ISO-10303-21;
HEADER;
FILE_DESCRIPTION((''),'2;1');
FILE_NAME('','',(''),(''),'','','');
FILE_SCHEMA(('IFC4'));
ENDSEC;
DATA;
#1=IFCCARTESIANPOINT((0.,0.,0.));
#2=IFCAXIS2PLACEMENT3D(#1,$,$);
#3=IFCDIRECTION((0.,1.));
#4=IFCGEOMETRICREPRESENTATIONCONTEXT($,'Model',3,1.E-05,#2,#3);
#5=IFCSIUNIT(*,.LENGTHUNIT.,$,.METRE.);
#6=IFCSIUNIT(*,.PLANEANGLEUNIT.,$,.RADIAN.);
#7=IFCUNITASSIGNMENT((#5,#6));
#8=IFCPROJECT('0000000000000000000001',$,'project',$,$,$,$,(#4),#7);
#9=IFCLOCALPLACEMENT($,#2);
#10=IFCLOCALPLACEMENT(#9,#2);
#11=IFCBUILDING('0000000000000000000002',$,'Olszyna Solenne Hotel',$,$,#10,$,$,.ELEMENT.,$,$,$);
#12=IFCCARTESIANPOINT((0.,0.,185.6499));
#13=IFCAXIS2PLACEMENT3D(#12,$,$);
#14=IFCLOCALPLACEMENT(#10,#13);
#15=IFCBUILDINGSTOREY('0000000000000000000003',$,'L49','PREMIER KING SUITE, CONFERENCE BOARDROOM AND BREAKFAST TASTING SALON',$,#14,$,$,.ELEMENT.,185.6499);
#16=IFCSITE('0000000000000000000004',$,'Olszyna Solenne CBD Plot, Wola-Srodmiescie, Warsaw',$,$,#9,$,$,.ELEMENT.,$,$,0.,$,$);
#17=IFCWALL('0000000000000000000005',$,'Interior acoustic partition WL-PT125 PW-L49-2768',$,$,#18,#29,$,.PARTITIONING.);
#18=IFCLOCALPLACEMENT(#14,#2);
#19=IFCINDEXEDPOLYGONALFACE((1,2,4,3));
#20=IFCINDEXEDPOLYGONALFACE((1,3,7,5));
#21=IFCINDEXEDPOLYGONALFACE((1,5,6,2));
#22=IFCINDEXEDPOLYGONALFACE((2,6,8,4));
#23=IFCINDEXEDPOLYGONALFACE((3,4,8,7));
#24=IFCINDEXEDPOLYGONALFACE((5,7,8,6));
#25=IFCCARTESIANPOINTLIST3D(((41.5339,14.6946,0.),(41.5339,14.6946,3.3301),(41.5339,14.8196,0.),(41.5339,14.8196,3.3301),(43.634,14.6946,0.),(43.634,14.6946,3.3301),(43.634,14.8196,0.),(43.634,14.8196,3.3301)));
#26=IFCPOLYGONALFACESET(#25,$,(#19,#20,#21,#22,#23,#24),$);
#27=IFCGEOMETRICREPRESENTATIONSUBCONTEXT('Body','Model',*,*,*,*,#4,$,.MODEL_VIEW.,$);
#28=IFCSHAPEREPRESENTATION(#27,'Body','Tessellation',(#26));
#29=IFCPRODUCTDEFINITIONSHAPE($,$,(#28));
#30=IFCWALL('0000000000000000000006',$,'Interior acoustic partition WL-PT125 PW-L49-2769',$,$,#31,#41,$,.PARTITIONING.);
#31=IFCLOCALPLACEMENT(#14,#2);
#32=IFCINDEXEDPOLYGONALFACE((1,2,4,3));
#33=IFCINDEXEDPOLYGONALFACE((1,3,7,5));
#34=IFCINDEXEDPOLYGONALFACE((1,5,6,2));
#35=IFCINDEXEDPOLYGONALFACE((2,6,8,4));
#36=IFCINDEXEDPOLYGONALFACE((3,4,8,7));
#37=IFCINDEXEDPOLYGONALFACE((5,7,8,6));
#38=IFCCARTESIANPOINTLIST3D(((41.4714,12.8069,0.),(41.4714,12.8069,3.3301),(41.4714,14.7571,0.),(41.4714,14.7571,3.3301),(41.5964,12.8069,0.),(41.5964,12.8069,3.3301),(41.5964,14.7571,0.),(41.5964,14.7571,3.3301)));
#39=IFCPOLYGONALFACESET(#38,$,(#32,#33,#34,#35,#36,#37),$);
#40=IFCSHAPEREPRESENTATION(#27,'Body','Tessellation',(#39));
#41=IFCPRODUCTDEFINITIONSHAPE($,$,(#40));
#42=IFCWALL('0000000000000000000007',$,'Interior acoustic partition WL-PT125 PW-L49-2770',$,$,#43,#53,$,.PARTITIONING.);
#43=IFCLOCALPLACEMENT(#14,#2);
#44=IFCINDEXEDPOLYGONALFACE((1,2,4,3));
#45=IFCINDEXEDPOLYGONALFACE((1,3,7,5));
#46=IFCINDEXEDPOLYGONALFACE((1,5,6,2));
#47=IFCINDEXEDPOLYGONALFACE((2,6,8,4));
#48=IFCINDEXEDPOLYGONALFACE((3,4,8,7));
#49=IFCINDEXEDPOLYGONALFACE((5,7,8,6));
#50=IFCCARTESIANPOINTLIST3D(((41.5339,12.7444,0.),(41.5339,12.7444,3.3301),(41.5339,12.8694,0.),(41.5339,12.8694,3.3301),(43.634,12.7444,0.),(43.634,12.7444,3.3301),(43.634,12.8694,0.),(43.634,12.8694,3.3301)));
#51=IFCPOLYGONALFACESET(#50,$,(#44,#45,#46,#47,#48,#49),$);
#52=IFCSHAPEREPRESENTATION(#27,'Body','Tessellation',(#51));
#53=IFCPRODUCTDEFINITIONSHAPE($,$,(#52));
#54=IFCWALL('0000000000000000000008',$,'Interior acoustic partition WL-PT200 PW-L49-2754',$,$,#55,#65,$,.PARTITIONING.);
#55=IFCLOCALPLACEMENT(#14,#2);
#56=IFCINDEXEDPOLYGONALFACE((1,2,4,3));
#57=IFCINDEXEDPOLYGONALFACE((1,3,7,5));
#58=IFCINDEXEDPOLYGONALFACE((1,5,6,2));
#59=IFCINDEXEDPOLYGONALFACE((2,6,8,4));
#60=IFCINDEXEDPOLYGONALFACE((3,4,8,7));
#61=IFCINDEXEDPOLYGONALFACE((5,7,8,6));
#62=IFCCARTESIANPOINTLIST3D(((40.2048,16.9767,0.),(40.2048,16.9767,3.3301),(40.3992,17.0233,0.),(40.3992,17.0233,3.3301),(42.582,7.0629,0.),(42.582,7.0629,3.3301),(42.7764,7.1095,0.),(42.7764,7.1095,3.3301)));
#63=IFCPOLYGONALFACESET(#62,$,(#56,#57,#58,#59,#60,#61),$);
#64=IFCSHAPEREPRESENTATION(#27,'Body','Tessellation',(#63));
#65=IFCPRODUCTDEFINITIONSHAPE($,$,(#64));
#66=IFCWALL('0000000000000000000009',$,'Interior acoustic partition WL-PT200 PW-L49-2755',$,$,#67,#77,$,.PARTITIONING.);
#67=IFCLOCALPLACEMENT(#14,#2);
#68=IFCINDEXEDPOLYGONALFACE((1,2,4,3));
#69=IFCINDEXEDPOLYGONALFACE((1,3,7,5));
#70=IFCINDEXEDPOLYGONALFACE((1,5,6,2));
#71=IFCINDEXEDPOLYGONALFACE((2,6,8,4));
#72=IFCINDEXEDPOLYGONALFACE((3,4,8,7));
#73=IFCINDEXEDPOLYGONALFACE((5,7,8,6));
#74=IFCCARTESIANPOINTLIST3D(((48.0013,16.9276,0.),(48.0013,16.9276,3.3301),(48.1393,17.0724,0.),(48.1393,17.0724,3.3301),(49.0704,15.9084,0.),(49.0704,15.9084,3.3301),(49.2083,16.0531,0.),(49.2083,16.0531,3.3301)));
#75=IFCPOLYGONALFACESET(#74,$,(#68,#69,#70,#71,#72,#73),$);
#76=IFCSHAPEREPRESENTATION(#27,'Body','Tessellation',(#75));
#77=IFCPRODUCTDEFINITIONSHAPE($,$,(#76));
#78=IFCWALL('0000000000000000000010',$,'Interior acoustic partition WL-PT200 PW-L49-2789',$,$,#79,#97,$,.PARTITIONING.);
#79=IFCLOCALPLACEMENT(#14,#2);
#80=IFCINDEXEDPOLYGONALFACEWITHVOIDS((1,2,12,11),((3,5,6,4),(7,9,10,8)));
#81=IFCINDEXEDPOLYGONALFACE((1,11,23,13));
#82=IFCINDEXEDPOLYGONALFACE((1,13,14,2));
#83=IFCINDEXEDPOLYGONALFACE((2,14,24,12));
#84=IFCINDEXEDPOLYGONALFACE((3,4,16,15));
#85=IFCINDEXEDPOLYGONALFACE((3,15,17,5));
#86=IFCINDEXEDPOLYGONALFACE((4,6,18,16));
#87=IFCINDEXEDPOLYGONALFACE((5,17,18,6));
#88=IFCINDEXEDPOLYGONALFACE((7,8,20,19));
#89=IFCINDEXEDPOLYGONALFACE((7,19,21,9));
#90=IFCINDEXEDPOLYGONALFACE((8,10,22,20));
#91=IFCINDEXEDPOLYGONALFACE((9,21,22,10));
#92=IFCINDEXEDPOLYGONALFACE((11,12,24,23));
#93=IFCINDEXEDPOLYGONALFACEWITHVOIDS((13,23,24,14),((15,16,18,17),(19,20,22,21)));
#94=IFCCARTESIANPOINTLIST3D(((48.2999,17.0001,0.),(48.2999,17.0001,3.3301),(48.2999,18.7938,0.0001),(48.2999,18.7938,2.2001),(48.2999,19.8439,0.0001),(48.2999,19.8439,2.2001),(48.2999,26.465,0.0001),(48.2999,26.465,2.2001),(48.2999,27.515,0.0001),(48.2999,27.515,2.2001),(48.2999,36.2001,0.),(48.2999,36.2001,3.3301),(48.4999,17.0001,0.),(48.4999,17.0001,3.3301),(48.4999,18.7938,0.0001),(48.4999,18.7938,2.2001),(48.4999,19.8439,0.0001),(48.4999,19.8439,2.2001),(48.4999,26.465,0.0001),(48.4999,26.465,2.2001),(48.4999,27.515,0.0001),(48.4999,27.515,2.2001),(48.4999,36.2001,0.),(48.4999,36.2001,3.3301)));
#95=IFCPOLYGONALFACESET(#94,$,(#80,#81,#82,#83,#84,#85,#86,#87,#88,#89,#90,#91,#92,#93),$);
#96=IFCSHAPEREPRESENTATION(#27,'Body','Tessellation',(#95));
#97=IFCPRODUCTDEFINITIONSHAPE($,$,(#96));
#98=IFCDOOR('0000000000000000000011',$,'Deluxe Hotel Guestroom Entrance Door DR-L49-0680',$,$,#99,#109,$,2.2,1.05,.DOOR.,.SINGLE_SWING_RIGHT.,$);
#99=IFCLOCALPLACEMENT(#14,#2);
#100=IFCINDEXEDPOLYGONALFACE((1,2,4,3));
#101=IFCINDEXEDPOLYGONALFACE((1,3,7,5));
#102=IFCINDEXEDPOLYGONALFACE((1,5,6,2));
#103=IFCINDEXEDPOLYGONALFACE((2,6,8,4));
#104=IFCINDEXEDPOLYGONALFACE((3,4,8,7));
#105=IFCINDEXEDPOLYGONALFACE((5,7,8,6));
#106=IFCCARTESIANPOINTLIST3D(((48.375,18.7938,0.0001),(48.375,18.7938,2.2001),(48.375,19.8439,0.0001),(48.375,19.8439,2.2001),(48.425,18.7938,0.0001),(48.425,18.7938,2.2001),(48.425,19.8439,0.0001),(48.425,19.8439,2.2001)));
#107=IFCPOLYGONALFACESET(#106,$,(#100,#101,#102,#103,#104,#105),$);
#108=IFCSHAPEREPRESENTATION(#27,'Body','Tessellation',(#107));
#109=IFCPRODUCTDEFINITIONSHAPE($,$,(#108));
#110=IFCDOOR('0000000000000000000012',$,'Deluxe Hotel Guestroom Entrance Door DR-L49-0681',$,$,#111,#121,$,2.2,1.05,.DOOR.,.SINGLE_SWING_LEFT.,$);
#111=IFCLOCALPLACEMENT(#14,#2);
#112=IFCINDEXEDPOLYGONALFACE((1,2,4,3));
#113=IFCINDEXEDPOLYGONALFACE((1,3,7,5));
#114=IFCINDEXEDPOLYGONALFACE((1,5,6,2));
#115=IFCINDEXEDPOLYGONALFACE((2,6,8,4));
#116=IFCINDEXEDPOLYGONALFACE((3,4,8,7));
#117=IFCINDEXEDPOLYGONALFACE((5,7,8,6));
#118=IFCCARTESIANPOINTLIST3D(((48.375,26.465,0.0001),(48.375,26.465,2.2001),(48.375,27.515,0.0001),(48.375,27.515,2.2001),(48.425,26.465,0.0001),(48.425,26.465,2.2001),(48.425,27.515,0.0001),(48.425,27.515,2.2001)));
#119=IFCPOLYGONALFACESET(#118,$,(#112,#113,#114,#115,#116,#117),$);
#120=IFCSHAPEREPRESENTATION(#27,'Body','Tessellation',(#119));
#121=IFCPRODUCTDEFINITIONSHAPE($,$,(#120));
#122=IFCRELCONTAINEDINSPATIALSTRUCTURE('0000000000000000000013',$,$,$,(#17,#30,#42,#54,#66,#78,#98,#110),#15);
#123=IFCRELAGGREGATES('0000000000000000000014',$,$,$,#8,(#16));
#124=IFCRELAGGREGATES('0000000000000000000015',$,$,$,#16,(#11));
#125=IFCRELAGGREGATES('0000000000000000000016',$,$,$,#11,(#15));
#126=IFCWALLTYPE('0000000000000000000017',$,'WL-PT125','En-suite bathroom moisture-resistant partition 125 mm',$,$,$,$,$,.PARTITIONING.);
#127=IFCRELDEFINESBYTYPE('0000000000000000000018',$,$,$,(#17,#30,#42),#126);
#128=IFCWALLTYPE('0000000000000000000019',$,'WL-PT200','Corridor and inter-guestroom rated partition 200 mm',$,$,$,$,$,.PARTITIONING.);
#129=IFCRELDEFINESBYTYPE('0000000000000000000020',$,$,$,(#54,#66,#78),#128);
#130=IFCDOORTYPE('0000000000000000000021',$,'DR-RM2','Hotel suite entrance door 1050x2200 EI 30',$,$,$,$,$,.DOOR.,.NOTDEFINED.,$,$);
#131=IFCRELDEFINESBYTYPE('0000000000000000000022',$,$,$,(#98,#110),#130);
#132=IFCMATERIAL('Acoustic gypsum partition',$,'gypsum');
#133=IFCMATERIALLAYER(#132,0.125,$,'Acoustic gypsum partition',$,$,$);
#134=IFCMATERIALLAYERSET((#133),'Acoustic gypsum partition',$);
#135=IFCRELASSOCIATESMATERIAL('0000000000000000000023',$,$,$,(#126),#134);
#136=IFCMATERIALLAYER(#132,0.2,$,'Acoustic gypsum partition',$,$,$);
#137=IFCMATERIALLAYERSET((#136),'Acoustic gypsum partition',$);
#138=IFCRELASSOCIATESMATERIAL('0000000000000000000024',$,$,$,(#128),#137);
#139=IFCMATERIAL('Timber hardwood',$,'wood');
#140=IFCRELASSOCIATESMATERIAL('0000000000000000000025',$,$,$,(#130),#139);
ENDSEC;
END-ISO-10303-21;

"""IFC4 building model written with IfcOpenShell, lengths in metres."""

from ifc_helpers import new_model, si_unit, direction, frame, frame_2d, origin, place, context, subcontext, project, spatial, rectangle, extrude, source, transform, mapped, material, layer, layer_set, type_object, type_shapes, element, fill, save


model = new_model("IFC4")

# Units and contexts
model_context = context("Model", 3, precision=1e-05, world=origin(), true_north=direction((0.0, 1.0)))
body_context = subcontext(model_context, "Body", "Model", "MODEL_VIEW")
ifc_project = project(units=[si_unit("LENGTHUNIT", "METRE"), si_unit("PLANEANGLEUNIT", "RADIAN")], contexts=[model_context])

# Site, building, storey
site_placement = place(None, origin())
site = spatial("IfcSite", under=ifc_project, at=site_placement, Name="Olszyna Solenne CBD Plot, Wola-Srodmiescie, Warsaw", CompositionType="ELEMENT", RefElevation=0.0)
building_placement = place(site_placement, origin())
building = spatial("IfcBuilding", under=site, at=building_placement, Name="Olszyna Solenne Hotel", CompositionType="ELEMENT")
storey_placement = place(building_placement, frame((0.0, 0.0, 185.6499)))
storey = spatial("IfcBuildingStorey", under=building, at=storey_placement, Name="L49", Description="PREMIER KING SUITE, CONFERENCE BOARDROOM AND BREAKFAST TASTING SALON", CompositionType="ELEMENT", Elevation=185.6499)

# Shared definitions
ifc_material_1 = material(Name="Acoustic gypsum partition", Category="gypsum")
ifc_layer_1 = layer(ifc_material_1, 0.125, Name="Acoustic gypsum partition")
ifc_layer_set_1 = layer_set([ifc_layer_1], Name="Acoustic gypsum partition")
wall_type_1 = type_object("IfcWallType", Name="WL-PT125", Description="En-suite bathroom moisture-resistant partition 125 mm", PredefinedType="PARTITIONING", material=ifc_layer_set_1)

# Shared definitions
ifc_material_2 = material(Name="Timber hardwood", Category="wood")

# Walls
wall_1_placement = place(storey_placement, frame((43.634, 14.7571, 0.0), z_axis=(0.0, 0.0, 1.0), x_axis=(-1.0, 0.0, 0.0)))
element("IfcWall", 1, at=wall_1_placement, inside=storey, type_object=wall_type_1, Name="Interior acoustic partition WL-PT125 PW-L49-2768", PredefinedType="PARTITIONING", context=body_context, shape_type="SweptSolid", body=[
    extrude(rectangle(XDim=2.1001, YDim=0.125, at=frame_2d((1.05, 0.0))), origin(), (0.0, 0.0, 1.0), 3.3301),
])
wall_2_placement = place(storey_placement, frame((41.5339, 14.7571, 0.0), z_axis=(0.0, 0.0, 1.0), x_axis=(0.0, -1.0, 0.0)))
element("IfcWall", 2, at=wall_2_placement, inside=storey, type_object=wall_type_1, Name="Interior acoustic partition WL-PT125 PW-L49-2769", PredefinedType="PARTITIONING", context=body_context, shape_type="SweptSolid", body=[
    extrude(rectangle(XDim=1.9502, YDim=0.125, at=frame_2d((0.9751, 0.0))), origin(), (0.0, 0.0, 1.0), 3.3301),
])
wall_3_placement = place(storey_placement, frame((41.5339, 12.8069, 0.0), z_axis=(0.0, 0.0, 1.0), x_axis=(1.0, 0.0, 0.0)))
element("IfcWall", 3, at=wall_3_placement, inside=storey, type_object=wall_type_1, Name="Interior acoustic partition WL-PT125 PW-L49-2770", PredefinedType="PARTITIONING", context=body_context, shape_type="SweptSolid", body=[
    extrude(rectangle(XDim=2.1001, YDim=0.125, at=frame_2d((1.05, 0.0))), origin(), (0.0, 0.0, 1.0), 3.3301),
])
ifc_layer_2 = layer(ifc_material_1, 0.2, Name="Acoustic gypsum partition")
ifc_layer_set_2 = layer_set([ifc_layer_2], Name="Acoustic gypsum partition")
wall_type_2 = type_object("IfcWallType", Name="WL-PT200", Description="Corridor and inter-guestroom rated partition 200 mm", PredefinedType="PARTITIONING", material=ifc_layer_set_2)
wall_4_placement = place(storey_placement, frame((40.302, 17.0, 0.0), z_axis=(0.0, 0.0, 1.0), x_axis=(0.233176, -0.972434, 0.0)))
element("IfcWall", 4, at=wall_4_placement, inside=storey, type_object=wall_type_2, Name="Interior acoustic partition WL-PT200 PW-L49-2754", PredefinedType="PARTITIONING", context=body_context, shape_type="SweptSolid", body=[
    extrude(rectangle(XDim=10.1948, YDim=0.2, at=frame_2d((5.0974, 0.0))), origin(), (0.0, 0.0, 1.0), 3.3301),
])
wall_5_placement = place(storey_placement, frame((48.0703, 17.0, 0.0), z_axis=(0.0, 0.0, 1.0), x_axis=(0.723764, -0.690047, 0.0)))
element("IfcWall", 5, at=wall_5_placement, inside=storey, type_object=wall_type_2, Name="Interior acoustic partition WL-PT200 PW-L49-2755", PredefinedType="PARTITIONING", context=body_context, shape_type="SweptSolid", body=[
    extrude(rectangle(XDim=1.4771, YDim=0.2, at=frame_2d((0.7385, 0.0))), origin(), (0.0, 0.0, 1.0), 3.3301),
])

# Wall, openings, doors
wall_6_placement = place(storey_placement, frame((48.3999, 17.0, 0.0), z_axis=(0.0, 0.0, 1.0), x_axis=(0.0, 1.0, 0.0)))
wall_6 = element("IfcWall", 6, at=wall_6_placement, inside=storey, type_object=wall_type_2, Name="Interior acoustic partition WL-PT200 PW-L49-2789", PredefinedType="PARTITIONING", context=body_context, shape_type="SweptSolid", body=[
    extrude(rectangle(XDim=19.2, YDim=0.2, at=frame_2d((9.6001, 0.0))), origin(), (0.0, 0.0, 1.0), 3.3301),
])
opening_1_placement = place(wall_6_placement, frame((1.7939, 0.0, 0.0)))
opening_1 = element("IfcOpeningElement", 7, at=opening_1_placement, cuts=wall_6, PredefinedType="OPENING", context=body_context, shape_type="SweptSolid", body=[
    extrude(rectangle(XDim=1.05, YDim=2.2, at=frame_2d((0.5249, 1.1001))), frame((0.0, 0.1099, 0.0), z_axis=(0.0, -1.0, 0.0), x_axis=(1.0, 0.0, 0.0)), (0.0, 0.0, 1.0), 0.22),
])
opening_2_placement = place(wall_6_placement, frame((9.4651, 0.0, 0.0)))
opening_2 = element("IfcOpeningElement", 8, at=opening_2_placement, cuts=wall_6, PredefinedType="OPENING", context=body_context, shape_type="SweptSolid", body=[
    extrude(rectangle(XDim=1.05, YDim=2.2, at=frame_2d((0.5249, 1.1001))), frame((0.0, 0.1099, 0.0), z_axis=(0.0, -1.0, 0.0), x_axis=(1.0, 0.0, 0.0)), (0.0, 0.0, 1.0), 0.22),
])
door_type_1 = type_object("IfcDoorType", Name="DR-RM2", Description="Hotel suite entrance door 1050x2200 EI 30", OperationType="NOTDEFINED", PredefinedType="DOOR", material=ifc_material_2)
shared_shape_1 = source(origin(), body_context, "Body", "SweptSolid", [
    extrude(rectangle(XDim=1.05, YDim=2.2, at=frame_2d((0.5249, 1.1001))), frame((0.0, 0.0249, 0.0), z_axis=(0.0, -1.0, 0.0), x_axis=(1.0, 0.0, 0.0)), (0.0, 0.0, 1.0), 0.05),
])
type_shapes(door_type_1, [shared_shape_1])
door_1_placement = place(opening_1_placement, origin())
door_1 = element("IfcDoor", 9, at=door_1_placement, inside=storey, type_object=door_type_1, Name="Deluxe Hotel Guestroom Entrance Door DR-L49-0680", OperationType="SINGLE_SWING_RIGHT", OverallHeight=2.2, OverallWidth=1.05, PredefinedType="DOOR", context=body_context, shape_type="MappedRepresentation", body=[
    mapped(shared_shape_1, transform((0.0, 0.0, 0.0), x_axis=(1.0, 0.0, 0.0), y_axis=(0.0, 1.0, 0.0), z_axis=(0.0, 0.0, 1.0), scale=1.0)),
])
fill(opening_1, door_1)
door_2_placement = place(opening_2_placement, origin())
door_2 = element("IfcDoor", 10, at=door_2_placement, inside=storey, type_object=door_type_1, Name="Deluxe Hotel Guestroom Entrance Door DR-L49-0681", OperationType="SINGLE_SWING_LEFT", OverallHeight=2.2, OverallWidth=1.05, PredefinedType="DOOR", context=body_context, shape_type="MappedRepresentation", body=[
    mapped(shared_shape_1, transform((0.0, 0.0, 0.0), x_axis=(1.0, 0.0, 0.0), y_axis=(0.0, 1.0, 0.0), z_axis=(0.0, 0.0, 1.0), scale=1.0)),
])
fill(opening_2, door_2)

save(model, "model.ifc")
